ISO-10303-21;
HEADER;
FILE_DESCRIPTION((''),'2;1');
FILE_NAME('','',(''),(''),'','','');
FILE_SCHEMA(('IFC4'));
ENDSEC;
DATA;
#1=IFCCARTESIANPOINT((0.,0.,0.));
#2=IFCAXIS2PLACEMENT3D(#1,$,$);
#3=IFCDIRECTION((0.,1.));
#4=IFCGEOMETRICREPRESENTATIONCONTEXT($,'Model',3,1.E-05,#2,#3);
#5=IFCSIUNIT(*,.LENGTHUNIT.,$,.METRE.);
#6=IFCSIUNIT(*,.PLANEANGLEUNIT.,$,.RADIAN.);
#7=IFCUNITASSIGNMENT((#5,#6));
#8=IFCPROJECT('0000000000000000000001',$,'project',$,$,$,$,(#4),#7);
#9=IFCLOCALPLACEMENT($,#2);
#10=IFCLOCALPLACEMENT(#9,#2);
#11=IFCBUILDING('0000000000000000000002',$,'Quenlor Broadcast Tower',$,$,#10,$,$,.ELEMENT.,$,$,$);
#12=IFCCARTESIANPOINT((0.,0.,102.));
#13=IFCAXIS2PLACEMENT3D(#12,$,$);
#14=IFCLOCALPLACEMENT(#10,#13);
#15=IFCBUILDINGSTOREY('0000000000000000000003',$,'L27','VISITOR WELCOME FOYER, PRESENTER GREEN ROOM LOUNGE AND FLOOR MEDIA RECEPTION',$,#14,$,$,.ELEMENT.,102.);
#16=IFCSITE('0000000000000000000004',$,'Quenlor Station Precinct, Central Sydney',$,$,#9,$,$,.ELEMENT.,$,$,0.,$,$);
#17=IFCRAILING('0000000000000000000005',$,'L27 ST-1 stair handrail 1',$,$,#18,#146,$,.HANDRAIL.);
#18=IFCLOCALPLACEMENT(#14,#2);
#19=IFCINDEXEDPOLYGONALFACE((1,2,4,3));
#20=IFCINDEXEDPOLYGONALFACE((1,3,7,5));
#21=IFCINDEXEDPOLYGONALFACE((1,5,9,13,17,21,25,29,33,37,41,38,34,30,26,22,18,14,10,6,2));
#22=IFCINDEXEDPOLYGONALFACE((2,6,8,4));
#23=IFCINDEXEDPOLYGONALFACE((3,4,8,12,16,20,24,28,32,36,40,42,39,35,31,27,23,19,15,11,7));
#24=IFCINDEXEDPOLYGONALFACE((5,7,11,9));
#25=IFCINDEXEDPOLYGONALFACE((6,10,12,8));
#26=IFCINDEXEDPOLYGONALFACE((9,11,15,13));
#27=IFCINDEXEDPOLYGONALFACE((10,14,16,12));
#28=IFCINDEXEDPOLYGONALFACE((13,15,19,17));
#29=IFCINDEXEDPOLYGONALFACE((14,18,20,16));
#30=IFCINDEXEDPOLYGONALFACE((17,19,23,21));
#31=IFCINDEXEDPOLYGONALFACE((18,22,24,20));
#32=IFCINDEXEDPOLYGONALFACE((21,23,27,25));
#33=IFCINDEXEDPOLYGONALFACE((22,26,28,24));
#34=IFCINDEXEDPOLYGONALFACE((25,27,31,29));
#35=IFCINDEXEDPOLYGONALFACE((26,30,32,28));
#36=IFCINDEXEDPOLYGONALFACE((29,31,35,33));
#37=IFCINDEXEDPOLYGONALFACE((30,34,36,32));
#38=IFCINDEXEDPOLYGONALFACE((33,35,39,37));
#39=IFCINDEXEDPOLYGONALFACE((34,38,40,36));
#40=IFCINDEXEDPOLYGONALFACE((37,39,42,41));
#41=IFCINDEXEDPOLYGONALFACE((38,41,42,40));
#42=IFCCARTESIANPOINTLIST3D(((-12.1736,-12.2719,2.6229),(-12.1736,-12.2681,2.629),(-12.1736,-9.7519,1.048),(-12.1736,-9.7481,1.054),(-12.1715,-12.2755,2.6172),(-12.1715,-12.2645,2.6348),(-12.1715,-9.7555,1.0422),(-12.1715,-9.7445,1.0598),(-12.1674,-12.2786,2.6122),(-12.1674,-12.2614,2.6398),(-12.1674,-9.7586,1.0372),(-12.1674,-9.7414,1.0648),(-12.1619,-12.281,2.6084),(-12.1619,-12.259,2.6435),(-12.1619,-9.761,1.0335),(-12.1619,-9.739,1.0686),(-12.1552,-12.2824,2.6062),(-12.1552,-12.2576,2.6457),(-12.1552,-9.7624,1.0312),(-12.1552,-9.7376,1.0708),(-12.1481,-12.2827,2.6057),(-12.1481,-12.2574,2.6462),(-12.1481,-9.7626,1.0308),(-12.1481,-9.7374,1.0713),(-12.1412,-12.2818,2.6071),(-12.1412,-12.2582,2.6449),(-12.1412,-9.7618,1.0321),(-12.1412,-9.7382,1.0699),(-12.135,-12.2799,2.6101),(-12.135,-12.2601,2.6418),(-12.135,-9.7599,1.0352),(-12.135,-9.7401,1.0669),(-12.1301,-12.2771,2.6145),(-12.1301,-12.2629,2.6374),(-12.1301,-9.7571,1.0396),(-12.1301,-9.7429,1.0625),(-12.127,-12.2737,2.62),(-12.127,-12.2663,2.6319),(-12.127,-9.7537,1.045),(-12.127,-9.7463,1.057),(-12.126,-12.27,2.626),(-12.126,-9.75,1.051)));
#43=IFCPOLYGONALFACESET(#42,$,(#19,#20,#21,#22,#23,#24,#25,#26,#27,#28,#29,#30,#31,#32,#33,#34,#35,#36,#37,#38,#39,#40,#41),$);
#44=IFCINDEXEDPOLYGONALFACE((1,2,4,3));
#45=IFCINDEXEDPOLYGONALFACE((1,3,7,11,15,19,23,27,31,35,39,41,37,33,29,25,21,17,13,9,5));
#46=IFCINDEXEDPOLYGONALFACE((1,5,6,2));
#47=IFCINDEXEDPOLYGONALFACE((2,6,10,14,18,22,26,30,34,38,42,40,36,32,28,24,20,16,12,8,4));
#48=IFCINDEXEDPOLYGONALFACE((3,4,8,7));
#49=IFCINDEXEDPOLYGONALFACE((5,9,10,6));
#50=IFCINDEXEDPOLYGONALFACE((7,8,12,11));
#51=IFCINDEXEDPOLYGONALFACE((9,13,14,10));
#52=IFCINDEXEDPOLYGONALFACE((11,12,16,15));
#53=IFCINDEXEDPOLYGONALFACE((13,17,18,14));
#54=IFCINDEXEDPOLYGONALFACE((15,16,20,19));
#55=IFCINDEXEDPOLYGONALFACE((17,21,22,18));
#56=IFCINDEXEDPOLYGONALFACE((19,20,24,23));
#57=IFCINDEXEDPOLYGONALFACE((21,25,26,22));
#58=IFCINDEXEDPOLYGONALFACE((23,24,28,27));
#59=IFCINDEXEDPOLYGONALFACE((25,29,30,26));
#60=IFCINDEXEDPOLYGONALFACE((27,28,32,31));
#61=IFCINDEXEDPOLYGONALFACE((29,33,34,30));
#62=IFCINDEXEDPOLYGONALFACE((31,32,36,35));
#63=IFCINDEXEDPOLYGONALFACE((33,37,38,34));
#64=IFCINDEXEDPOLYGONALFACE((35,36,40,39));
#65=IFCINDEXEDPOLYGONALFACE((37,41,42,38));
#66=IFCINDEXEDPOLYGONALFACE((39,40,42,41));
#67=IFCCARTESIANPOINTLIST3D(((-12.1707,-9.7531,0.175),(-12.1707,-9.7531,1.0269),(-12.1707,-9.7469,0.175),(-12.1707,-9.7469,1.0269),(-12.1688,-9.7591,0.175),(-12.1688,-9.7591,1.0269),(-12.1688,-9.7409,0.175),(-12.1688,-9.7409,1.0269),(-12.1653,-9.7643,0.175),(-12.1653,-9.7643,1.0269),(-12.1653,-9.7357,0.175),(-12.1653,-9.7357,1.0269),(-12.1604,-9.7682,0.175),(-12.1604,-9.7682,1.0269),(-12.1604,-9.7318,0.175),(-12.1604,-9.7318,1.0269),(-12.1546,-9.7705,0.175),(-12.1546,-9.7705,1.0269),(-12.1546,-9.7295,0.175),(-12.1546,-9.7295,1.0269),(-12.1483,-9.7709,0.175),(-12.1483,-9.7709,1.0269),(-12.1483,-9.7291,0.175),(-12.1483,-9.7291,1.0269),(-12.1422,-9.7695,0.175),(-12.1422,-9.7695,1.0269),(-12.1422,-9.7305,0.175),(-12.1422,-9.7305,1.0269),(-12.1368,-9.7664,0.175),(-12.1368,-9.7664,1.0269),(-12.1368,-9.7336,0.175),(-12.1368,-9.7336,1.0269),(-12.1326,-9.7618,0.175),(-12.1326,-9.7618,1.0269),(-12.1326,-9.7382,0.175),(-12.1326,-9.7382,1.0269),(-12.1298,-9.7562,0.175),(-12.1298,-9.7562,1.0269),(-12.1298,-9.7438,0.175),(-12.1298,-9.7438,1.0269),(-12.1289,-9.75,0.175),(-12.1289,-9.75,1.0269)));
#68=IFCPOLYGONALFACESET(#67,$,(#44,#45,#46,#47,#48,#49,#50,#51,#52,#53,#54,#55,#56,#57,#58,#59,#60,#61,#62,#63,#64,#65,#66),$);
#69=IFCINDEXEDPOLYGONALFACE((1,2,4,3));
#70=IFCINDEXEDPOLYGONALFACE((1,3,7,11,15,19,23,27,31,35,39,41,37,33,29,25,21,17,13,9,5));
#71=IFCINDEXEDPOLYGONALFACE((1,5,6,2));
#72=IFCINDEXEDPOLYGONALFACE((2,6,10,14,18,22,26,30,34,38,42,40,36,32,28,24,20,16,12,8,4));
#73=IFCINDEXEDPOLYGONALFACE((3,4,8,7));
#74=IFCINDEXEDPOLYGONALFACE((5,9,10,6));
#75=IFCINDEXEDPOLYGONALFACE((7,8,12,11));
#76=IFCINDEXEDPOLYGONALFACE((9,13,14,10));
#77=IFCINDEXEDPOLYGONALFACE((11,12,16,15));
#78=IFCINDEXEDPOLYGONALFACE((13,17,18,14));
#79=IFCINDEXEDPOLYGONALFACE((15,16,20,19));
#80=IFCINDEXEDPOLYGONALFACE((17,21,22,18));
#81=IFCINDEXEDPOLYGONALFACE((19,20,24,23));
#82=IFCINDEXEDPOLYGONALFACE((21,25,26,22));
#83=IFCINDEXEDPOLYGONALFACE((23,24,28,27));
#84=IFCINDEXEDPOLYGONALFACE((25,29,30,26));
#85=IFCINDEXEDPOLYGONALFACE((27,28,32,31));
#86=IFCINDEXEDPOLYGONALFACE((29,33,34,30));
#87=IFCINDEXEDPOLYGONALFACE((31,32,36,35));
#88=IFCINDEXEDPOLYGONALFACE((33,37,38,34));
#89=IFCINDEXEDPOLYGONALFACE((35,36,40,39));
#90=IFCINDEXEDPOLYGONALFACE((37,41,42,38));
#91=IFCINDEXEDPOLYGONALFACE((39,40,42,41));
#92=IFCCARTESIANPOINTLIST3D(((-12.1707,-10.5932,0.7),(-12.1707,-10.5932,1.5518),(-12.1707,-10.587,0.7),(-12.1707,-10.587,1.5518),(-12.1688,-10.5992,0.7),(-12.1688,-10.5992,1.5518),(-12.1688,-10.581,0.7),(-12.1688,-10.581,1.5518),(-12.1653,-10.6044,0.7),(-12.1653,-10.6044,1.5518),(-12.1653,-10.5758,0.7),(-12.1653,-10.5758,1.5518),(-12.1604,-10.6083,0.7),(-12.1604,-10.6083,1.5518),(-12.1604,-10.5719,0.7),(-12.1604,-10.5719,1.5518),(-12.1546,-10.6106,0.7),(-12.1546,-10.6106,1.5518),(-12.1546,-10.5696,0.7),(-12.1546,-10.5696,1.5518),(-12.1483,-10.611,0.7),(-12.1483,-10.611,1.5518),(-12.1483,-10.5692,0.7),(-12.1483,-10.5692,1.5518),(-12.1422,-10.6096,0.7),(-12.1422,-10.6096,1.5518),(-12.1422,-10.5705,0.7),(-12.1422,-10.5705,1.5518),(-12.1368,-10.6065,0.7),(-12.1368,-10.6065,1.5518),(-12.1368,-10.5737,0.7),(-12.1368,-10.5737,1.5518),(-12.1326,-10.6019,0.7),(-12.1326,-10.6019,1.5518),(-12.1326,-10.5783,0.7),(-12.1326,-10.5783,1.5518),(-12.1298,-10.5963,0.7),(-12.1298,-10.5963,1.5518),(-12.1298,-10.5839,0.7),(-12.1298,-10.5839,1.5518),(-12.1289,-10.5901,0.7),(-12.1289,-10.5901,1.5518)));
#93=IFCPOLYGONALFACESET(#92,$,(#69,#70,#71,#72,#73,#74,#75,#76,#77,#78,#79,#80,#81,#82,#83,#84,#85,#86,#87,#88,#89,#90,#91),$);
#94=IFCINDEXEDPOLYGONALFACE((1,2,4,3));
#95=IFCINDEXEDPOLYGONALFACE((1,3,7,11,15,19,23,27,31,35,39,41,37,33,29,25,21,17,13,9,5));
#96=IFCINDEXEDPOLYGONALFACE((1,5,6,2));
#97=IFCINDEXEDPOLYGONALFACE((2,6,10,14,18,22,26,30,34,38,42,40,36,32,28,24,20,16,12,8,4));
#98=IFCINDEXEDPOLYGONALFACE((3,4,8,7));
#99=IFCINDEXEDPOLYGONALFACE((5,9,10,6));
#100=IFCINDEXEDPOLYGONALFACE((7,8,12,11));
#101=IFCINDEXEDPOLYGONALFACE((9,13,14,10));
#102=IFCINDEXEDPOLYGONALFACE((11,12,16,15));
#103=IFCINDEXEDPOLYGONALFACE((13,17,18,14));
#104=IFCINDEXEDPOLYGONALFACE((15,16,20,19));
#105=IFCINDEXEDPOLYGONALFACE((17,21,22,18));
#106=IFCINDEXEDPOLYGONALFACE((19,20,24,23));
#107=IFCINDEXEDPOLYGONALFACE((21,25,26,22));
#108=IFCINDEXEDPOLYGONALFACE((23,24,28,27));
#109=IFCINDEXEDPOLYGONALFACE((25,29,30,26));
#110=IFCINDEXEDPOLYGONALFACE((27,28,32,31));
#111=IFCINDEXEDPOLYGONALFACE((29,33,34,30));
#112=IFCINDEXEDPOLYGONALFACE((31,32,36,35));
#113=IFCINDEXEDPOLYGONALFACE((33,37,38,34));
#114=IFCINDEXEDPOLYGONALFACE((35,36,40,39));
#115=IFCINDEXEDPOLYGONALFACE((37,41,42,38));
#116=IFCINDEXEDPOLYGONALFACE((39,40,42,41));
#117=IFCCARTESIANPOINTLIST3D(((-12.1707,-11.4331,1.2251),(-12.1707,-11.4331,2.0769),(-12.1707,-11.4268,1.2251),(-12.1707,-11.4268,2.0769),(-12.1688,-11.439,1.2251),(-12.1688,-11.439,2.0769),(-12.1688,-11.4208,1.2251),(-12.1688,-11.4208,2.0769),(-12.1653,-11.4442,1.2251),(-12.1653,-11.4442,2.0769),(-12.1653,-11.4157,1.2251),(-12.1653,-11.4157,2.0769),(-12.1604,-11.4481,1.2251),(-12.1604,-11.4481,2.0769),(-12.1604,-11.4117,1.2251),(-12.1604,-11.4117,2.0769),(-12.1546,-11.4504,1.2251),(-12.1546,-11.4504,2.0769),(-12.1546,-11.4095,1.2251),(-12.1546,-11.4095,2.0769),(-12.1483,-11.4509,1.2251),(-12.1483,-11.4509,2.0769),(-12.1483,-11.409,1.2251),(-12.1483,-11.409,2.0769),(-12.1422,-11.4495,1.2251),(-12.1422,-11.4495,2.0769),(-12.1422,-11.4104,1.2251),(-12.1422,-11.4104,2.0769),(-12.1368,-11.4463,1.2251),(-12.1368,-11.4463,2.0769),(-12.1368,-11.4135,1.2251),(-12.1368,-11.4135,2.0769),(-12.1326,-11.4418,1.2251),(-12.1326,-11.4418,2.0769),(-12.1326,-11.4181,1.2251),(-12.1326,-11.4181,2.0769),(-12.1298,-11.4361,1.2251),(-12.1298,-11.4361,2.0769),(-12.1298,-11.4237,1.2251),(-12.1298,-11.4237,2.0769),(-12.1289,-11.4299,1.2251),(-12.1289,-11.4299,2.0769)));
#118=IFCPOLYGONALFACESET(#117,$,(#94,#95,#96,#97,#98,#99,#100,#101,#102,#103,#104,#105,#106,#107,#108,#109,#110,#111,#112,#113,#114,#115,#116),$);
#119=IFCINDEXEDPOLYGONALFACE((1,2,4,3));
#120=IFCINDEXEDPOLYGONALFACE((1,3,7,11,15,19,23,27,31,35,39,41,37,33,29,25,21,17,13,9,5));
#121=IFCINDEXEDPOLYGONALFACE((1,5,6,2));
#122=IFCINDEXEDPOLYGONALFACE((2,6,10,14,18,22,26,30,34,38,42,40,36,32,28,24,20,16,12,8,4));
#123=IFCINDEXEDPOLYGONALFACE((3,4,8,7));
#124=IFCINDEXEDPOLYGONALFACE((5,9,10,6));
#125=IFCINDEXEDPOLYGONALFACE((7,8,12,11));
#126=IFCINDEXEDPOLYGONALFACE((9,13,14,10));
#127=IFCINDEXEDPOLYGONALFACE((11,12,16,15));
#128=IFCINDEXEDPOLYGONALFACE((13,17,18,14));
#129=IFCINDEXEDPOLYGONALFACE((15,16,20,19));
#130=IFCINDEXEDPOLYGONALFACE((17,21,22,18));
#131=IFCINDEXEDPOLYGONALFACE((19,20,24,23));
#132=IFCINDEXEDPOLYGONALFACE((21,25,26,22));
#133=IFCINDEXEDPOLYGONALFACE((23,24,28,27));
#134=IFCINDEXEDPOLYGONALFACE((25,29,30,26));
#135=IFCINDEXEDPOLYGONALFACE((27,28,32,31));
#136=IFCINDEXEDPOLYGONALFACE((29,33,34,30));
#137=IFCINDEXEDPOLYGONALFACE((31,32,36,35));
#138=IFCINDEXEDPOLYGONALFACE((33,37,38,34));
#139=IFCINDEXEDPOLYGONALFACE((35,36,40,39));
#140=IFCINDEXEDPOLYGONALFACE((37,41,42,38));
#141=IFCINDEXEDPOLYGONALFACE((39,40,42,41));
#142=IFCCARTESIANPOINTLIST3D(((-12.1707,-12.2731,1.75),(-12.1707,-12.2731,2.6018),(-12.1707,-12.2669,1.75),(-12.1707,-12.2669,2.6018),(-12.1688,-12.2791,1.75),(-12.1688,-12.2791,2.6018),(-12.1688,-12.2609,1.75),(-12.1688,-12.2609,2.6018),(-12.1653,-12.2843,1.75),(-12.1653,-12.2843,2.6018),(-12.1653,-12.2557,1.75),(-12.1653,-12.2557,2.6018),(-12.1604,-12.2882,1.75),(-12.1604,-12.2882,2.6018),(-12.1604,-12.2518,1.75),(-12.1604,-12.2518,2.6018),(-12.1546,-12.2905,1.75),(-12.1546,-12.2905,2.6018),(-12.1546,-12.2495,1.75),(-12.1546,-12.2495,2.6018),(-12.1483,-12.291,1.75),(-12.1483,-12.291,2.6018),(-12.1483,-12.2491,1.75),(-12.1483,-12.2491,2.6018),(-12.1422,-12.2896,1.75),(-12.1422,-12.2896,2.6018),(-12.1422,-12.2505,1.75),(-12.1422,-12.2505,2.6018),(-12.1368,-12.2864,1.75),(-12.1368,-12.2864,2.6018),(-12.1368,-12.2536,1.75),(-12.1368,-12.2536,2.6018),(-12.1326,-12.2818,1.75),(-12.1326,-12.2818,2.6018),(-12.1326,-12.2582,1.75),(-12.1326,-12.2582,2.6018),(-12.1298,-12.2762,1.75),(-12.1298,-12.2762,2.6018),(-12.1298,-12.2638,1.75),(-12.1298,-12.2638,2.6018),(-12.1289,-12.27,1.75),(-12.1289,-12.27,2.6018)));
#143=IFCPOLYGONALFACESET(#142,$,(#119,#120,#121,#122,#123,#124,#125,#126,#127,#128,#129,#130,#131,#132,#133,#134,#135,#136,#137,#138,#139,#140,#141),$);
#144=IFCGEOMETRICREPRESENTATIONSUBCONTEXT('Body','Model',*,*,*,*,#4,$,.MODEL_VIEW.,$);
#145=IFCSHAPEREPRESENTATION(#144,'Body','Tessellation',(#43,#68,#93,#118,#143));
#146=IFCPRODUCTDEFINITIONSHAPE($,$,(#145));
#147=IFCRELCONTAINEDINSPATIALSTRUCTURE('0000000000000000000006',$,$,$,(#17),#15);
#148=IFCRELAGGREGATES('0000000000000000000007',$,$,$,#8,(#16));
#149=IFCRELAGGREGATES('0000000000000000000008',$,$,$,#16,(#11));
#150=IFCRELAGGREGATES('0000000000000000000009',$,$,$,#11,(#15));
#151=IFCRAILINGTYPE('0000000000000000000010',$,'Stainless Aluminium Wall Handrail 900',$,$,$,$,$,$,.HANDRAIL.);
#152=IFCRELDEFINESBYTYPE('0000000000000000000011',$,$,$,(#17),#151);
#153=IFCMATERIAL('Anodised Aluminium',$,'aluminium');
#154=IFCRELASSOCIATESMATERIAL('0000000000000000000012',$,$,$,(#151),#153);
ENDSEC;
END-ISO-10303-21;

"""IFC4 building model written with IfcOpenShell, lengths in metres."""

from ifc_helpers import new_model, si_unit, direction, frame, origin, origin_2d, place, context, subcontext, project, spatial, circle, extrude, material, type_object, element, save


model = new_model("IFC4")

# Units and contexts
model_context = context("Model", 3, precision=1e-05, world=origin(), true_north=direction((0.0, 1.0)))
body_context = subcontext(model_context, "Body", "Model", "MODEL_VIEW")
ifc_project = project(units=[si_unit("LENGTHUNIT", "METRE"), si_unit("PLANEANGLEUNIT", "RADIAN")], contexts=[model_context])

# Site, building, storey
site_placement = place(None, origin())
site = spatial("IfcSite", under=ifc_project, at=site_placement, Name="Quenlor Station Precinct, Central Sydney", CompositionType="ELEMENT", RefElevation=0.0)
building_placement = place(site_placement, origin())
building = spatial("IfcBuilding", under=site, at=building_placement, Name="Quenlor Broadcast Tower", CompositionType="ELEMENT")
storey_placement = place(building_placement, frame((0.0, 0.0, 102.0)))
storey = spatial("IfcBuildingStorey", under=building, at=storey_placement, Name="L27", Description="VISITOR WELCOME FOYER, PRESENTER GREEN ROOM LOUNGE AND FLOOR MEDIA RECEPTION", CompositionType="ELEMENT", Elevation=102.0)

# Railing
ifc_material_1 = material(Name="Anodised Aluminium", Category="aluminium")
railing_type = type_object("IfcRailingType", Name="Stainless Aluminium Wall Handrail 900", PredefinedType="HANDRAIL", material=ifc_material_1)
railing_placement = place(storey_placement, frame((-12.1499, -9.75, 0.175)))
element("IfcRailing", 1, at=railing_placement, inside=storey, type_object=railing_type, Name="L27 ST-1 stair handrail 1", PredefinedType="HANDRAIL", context=body_context, shape_type="SweptSolid", body=[
    extrude(circle(Radius=0.0239, at=origin_2d()), frame((0.0, 0.0, 0.876), z_axis=(0.0, -0.848008, 0.529984), x_axis=(1.0, 0.0, 0.0)), (0.0, 0.0, 1.0), 2.9717),
    extrude(circle(Radius=0.021, at=origin_2d()), origin(), (0.0, 0.0, 1.0), 0.8518),
    extrude(circle(Radius=0.021, at=origin_2d()), frame((0.0, -0.8401, 0.5249)), (0.0, 0.0, 1.0), 0.8518),
    extrude(circle(Radius=0.021, at=origin_2d()), frame((0.0, -1.6799, 1.05)), (0.0, 0.0, 1.0), 0.8518),
    extrude(circle(Radius=0.021, at=origin_2d()), frame((0.0, -2.52, 1.575)), (0.0, 0.0, 1.0), 0.8518),
])

save(model, "model.ifc")
